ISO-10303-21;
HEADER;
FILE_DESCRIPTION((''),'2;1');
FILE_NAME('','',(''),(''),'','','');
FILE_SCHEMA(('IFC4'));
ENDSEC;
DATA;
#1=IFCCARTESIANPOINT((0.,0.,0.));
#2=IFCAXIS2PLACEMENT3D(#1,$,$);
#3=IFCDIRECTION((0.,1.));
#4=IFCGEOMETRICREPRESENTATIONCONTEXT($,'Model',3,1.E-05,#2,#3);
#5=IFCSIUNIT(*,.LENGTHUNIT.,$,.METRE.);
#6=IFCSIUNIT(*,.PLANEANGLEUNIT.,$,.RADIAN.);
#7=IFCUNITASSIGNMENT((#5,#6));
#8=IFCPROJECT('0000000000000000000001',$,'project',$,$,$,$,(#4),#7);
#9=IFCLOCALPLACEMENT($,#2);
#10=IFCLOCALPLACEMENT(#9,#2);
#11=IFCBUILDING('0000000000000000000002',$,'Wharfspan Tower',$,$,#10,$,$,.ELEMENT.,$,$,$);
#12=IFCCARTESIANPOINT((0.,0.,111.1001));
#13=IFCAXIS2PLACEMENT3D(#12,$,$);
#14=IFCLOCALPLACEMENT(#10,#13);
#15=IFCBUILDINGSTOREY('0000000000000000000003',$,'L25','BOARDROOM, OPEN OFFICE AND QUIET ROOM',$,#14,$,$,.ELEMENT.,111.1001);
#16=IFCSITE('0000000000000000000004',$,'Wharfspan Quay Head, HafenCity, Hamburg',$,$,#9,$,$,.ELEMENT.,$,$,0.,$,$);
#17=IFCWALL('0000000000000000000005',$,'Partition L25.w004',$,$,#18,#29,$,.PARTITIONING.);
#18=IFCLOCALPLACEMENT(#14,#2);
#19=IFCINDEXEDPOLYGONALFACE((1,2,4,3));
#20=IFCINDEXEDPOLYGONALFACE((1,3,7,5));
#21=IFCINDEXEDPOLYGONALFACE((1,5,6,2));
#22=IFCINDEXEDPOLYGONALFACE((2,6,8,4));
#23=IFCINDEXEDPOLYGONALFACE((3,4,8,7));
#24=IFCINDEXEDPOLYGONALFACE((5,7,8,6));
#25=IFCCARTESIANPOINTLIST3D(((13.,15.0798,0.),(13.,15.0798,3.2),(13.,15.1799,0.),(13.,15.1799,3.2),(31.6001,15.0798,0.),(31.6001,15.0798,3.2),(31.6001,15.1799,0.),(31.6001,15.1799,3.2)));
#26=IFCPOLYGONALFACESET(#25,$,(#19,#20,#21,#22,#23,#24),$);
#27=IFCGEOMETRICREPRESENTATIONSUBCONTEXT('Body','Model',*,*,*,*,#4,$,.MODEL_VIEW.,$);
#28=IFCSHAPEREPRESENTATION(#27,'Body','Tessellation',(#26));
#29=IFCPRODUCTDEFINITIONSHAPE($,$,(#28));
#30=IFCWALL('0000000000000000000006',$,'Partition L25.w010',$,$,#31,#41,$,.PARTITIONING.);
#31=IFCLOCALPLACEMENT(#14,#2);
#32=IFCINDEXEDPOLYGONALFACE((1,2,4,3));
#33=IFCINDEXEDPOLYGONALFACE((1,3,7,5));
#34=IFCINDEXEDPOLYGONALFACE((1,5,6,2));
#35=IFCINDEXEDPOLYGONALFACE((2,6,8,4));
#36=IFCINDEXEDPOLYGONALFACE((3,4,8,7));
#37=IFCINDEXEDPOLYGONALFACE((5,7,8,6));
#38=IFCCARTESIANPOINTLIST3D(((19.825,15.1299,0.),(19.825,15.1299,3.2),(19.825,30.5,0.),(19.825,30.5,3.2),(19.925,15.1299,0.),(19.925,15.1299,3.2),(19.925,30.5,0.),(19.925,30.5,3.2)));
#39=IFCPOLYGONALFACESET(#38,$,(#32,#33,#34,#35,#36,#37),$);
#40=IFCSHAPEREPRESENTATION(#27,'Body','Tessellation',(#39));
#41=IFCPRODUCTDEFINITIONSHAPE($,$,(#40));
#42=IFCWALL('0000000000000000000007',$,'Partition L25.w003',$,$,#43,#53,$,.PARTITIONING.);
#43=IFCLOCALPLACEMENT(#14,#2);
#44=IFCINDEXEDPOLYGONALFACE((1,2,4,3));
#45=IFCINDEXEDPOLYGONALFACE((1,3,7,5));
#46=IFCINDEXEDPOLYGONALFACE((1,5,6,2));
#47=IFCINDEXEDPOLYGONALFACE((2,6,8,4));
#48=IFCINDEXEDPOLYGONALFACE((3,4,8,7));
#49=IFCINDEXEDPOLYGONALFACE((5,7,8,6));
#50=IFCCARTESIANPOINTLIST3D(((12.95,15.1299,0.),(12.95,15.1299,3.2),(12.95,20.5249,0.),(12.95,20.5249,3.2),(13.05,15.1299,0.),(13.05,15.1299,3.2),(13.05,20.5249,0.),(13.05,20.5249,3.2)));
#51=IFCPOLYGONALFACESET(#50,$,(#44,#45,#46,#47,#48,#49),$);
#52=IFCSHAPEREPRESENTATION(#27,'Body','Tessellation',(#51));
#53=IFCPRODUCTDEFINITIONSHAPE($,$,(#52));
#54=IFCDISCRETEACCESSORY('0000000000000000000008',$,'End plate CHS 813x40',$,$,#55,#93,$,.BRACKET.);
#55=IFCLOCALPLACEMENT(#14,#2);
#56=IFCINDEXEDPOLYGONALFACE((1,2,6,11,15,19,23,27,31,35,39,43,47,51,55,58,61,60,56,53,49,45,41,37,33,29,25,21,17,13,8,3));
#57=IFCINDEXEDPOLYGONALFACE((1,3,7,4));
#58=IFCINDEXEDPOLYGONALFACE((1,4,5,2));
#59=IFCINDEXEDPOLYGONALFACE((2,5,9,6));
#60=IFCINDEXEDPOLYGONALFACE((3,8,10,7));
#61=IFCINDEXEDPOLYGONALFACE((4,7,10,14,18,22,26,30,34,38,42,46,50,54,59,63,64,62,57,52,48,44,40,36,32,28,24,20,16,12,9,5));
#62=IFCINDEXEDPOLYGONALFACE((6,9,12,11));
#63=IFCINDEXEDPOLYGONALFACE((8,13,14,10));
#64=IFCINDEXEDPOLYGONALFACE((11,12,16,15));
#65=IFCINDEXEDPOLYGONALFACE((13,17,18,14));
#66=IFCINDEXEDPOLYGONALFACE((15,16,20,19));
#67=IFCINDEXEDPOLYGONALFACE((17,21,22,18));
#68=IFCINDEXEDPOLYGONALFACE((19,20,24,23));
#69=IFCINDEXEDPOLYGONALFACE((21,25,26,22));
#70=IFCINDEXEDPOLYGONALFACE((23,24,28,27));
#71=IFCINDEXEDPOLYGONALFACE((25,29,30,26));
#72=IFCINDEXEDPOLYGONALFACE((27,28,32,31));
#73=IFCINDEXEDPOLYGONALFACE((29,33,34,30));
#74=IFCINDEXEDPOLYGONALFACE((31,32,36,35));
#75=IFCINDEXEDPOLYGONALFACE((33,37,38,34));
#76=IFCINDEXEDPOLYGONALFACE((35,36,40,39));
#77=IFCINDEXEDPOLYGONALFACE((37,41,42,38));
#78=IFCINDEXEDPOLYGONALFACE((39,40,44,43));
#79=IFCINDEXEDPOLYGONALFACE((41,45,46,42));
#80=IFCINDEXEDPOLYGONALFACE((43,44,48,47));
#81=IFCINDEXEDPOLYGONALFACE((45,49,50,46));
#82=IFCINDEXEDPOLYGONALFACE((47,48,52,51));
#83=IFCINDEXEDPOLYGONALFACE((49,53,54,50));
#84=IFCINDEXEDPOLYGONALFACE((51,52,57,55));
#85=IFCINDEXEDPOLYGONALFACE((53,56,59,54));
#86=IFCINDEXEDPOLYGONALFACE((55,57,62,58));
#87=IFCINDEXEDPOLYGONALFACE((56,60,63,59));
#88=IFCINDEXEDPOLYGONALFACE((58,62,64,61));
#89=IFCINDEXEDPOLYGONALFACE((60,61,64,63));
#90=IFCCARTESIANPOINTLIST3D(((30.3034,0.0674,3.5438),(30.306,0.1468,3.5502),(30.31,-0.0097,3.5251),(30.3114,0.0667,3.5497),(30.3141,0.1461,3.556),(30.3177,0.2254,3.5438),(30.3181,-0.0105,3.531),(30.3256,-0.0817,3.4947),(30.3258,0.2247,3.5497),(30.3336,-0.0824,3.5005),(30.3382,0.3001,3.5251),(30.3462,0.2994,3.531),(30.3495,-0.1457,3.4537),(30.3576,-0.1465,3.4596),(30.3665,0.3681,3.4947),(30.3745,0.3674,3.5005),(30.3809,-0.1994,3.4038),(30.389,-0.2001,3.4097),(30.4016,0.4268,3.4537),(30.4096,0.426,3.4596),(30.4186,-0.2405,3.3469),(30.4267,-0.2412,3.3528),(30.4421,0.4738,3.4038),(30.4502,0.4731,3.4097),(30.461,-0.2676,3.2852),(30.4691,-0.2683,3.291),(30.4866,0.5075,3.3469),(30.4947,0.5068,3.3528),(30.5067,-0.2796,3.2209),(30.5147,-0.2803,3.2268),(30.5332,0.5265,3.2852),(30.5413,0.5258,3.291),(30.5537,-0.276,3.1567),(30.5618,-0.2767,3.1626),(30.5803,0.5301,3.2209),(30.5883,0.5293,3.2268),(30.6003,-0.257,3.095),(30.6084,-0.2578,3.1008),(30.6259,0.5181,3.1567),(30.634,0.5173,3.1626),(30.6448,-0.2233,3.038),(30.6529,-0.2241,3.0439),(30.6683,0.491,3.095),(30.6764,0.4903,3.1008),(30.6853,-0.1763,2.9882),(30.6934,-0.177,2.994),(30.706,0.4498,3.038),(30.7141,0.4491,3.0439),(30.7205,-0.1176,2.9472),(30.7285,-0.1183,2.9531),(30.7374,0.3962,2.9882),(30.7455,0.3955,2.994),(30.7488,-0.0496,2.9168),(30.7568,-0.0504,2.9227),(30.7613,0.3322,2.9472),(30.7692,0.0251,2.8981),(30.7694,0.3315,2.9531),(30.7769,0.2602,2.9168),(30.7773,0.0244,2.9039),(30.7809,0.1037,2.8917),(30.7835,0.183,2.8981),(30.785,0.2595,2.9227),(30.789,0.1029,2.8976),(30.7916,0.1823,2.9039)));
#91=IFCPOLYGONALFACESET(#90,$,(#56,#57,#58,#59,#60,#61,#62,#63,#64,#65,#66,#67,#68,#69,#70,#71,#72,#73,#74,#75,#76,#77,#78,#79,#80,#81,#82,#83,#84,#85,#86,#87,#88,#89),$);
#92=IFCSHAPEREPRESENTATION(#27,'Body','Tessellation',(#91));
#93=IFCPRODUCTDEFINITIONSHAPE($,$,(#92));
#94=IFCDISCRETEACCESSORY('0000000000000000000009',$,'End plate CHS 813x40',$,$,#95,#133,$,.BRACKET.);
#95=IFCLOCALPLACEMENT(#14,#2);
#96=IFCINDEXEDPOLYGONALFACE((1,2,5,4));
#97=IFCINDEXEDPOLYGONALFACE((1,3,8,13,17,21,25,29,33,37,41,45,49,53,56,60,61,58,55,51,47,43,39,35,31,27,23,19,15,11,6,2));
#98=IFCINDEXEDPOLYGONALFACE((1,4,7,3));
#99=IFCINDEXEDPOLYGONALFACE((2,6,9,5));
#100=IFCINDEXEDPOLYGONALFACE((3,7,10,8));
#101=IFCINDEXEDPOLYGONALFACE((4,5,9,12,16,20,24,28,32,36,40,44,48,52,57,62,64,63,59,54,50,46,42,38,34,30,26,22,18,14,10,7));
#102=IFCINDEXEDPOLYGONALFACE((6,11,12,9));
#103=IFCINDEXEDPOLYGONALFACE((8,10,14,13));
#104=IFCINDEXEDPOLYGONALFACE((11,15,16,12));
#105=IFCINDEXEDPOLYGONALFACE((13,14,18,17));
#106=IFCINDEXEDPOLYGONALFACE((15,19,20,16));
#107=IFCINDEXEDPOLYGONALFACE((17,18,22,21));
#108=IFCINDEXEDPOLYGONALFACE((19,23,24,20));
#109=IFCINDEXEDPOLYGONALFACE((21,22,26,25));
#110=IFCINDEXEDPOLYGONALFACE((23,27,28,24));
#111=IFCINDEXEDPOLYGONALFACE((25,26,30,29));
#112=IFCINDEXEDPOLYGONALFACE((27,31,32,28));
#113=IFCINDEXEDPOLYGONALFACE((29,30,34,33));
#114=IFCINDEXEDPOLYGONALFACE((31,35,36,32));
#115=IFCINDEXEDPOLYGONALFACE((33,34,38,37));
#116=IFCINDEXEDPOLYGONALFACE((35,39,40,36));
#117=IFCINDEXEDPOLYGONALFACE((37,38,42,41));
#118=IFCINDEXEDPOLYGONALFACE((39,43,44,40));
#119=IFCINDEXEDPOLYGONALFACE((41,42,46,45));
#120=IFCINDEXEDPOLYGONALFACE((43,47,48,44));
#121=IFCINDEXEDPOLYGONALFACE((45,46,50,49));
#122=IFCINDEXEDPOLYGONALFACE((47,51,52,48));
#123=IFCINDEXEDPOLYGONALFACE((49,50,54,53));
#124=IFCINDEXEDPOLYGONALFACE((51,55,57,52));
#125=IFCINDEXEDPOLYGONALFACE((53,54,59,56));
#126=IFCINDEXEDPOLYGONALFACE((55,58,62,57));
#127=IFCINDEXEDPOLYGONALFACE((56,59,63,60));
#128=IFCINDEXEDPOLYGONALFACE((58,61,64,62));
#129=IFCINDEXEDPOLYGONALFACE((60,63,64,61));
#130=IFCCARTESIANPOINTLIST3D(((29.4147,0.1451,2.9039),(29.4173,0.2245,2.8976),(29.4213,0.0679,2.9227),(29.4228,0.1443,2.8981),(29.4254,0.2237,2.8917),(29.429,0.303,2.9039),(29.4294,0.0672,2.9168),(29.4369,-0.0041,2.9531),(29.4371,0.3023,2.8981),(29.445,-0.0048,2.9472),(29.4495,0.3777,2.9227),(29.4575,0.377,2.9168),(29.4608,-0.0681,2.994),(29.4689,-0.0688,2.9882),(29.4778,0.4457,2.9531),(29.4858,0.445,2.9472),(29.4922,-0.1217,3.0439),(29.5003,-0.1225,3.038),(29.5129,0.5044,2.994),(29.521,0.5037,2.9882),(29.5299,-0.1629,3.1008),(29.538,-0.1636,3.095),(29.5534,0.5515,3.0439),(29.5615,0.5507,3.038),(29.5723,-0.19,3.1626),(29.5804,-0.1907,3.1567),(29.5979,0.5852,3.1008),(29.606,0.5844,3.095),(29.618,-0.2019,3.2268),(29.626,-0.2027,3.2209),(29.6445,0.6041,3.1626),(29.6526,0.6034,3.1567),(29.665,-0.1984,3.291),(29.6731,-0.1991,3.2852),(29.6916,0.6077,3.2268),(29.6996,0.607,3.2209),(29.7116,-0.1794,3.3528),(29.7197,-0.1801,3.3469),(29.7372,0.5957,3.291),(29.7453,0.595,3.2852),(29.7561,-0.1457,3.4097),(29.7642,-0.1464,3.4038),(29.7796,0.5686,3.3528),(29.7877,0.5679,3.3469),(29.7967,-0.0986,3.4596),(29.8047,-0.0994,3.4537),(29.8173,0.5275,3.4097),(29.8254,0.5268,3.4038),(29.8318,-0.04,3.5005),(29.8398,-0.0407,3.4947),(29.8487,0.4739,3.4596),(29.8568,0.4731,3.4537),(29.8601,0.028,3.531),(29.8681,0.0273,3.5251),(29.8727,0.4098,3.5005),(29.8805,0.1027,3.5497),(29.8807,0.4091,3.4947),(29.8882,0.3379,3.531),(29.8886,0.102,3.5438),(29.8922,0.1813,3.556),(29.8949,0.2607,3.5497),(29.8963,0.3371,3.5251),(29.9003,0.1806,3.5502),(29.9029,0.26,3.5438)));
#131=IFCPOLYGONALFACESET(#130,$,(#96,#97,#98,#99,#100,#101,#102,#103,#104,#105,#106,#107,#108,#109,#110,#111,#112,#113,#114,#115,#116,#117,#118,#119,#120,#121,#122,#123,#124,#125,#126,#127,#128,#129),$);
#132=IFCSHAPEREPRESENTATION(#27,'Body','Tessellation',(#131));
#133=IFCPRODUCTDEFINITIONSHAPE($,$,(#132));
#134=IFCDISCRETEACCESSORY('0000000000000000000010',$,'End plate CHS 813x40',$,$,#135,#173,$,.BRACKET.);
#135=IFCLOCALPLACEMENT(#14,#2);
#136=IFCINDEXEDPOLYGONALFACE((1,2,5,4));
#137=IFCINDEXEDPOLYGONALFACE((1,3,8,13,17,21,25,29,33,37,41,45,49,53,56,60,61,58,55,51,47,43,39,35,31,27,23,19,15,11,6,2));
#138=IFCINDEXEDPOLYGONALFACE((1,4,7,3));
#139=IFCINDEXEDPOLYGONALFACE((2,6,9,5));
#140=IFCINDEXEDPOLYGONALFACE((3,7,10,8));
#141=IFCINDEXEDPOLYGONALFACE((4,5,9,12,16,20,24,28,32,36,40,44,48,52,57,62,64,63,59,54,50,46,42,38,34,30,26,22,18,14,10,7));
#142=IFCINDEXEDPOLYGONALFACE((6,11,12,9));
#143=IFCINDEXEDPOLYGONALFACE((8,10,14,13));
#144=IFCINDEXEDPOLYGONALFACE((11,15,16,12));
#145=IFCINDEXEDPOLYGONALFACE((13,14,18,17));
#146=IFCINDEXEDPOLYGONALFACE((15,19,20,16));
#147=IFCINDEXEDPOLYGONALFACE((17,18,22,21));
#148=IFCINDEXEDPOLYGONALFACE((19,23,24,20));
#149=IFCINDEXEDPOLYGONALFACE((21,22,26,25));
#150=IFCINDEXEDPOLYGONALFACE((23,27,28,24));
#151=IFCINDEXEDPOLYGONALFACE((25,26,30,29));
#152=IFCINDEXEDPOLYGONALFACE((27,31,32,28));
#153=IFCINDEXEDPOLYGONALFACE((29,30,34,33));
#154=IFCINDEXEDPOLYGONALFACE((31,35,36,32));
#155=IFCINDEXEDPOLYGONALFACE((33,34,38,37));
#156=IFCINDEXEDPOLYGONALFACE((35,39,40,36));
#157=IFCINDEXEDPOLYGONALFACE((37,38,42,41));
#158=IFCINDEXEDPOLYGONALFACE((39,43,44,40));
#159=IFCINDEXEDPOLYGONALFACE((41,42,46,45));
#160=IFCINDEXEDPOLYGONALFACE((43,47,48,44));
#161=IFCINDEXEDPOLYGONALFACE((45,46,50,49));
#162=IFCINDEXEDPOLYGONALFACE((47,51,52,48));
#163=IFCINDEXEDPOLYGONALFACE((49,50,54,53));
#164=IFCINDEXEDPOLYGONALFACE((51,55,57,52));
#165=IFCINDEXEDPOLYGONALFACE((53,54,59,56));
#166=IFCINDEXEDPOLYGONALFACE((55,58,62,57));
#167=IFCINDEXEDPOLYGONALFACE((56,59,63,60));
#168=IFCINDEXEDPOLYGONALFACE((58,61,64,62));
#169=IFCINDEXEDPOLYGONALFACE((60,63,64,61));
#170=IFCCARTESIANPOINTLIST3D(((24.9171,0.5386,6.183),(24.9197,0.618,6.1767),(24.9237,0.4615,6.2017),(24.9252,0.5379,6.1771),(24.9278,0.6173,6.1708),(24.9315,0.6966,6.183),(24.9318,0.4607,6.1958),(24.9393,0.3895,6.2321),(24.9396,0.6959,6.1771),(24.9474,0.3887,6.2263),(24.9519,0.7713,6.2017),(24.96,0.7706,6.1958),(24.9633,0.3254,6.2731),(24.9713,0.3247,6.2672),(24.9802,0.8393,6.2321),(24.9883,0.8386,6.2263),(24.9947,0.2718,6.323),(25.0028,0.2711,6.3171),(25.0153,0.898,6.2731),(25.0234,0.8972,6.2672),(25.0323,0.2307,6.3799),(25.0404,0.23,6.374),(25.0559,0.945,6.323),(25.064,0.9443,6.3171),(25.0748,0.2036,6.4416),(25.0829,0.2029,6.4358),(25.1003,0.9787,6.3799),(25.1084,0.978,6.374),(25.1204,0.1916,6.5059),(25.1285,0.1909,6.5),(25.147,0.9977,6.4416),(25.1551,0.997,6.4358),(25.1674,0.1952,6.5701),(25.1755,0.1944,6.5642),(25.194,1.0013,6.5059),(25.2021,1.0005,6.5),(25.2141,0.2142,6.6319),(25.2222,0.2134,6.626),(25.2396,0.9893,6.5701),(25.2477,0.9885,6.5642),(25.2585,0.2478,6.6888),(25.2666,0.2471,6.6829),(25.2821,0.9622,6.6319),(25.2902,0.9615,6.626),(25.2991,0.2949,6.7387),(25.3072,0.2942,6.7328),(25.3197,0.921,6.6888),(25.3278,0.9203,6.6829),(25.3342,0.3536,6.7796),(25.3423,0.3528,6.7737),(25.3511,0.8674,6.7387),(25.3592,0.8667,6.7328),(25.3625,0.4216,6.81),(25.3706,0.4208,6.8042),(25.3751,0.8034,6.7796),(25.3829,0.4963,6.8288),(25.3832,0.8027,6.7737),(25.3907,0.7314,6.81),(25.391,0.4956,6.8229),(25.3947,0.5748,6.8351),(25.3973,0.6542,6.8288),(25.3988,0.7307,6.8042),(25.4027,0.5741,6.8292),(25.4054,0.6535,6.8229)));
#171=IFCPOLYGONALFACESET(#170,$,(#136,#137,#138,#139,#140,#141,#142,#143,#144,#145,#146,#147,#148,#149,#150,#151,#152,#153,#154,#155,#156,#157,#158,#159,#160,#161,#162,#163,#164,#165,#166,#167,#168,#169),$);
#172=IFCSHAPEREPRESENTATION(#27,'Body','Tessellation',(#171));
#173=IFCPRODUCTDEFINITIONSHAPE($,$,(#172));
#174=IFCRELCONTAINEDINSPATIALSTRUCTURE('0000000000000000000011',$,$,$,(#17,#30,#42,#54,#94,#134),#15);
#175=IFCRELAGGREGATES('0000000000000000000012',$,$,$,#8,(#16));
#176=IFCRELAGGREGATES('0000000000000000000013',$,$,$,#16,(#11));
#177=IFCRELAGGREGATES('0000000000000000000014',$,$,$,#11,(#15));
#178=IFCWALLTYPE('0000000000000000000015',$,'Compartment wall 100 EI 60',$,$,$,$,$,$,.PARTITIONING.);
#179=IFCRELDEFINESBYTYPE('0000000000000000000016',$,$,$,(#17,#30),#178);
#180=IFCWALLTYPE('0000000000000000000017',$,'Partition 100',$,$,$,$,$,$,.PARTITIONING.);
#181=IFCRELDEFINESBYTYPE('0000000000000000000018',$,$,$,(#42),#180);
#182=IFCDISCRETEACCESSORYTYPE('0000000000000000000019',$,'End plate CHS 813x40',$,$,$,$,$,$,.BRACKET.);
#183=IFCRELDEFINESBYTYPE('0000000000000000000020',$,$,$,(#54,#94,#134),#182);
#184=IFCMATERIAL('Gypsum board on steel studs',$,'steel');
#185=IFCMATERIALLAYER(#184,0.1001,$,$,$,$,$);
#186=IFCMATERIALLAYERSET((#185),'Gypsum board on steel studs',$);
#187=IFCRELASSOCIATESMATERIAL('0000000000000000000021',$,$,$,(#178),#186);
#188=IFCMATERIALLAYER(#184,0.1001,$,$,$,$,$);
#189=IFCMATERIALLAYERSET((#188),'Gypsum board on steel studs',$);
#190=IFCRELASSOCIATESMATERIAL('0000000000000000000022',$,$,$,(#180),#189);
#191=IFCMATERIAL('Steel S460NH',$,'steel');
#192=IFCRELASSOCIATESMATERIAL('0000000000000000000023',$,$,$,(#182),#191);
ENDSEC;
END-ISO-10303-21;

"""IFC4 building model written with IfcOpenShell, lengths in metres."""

from ifc_helpers import new_model, si_unit, direction, frame, frame_2d, origin, origin_2d, place, context, subcontext, project, spatial, rectangle, circle, extrude, material, layer, layer_set, material_profile, profile_set, type_object, element, save


model = new_model("IFC4")

# Units and contexts
model_context = context("Model", 3, precision=1e-05, world=origin(), true_north=direction((0.0, 1.0)))
body_context = subcontext(model_context, "Body", "Model", "MODEL_VIEW")
ifc_project = project(units=[si_unit("LENGTHUNIT", "METRE"), si_unit("PLANEANGLEUNIT", "RADIAN")], contexts=[model_context])

# Site, building, storey
site_placement = place(None, origin())
site = spatial("IfcSite", under=ifc_project, at=site_placement, Name="Wharfspan Quay Head, HafenCity, Hamburg", CompositionType="ELEMENT", RefElevation=0.0)
building_placement = place(site_placement, origin())
building = spatial("IfcBuilding", under=site, at=building_placement, Name="Wharfspan Tower", CompositionType="ELEMENT")
storey_placement = place(building_placement, frame((0.0, 0.0, 111.1001)))
storey = spatial("IfcBuildingStorey", under=building, at=storey_placement, Name="L25", Description="BOARDROOM, OPEN OFFICE AND QUIET ROOM", CompositionType="ELEMENT", Elevation=111.1001)

# Shared definitions
ifc_material_1 = material(Name="Steel S460NH", Category="steel")

# Walls
ifc_material_2 = material(Name="Gypsum board on steel studs", Category="steel")
ifc_layer_1 = layer(ifc_material_2, 0.1001)
ifc_layer_set_1 = layer_set([ifc_layer_1], Name="Gypsum board on steel studs")
wall_type_1 = type_object("IfcWallType", Name="Compartment wall 100 EI 60", PredefinedType="PARTITIONING", material=ifc_layer_set_1)
wall_1_placement = place(storey_placement, frame((13.0, 15.1299, 0.0), z_axis=(0.0, 0.0, 1.0), x_axis=(1.0, 0.0, 0.0)))
element("IfcWall", 1, at=wall_1_placement, inside=storey, type_object=wall_type_1, Name="Partition L25.w004", PredefinedType="PARTITIONING", context=body_context, shape_type="SweptSolid", body=[
    extrude(rectangle(XDim=18.6001, YDim=0.1001, at=frame_2d((9.3, 0.0))), origin(), (0.0, 0.0, 1.0), 3.2),
])
wall_2_placement = place(storey_placement, frame((19.875, 15.1299, 0.0), z_axis=(0.0, 0.0, 1.0), x_axis=(0.0, 1.0, 0.0)))
element("IfcWall", 2, at=wall_2_placement, inside=storey, type_object=wall_type_1, Name="Partition L25.w010", PredefinedType="PARTITIONING", context=body_context, shape_type="SweptSolid", body=[
    extrude(rectangle(XDim=15.3701, YDim=0.1001, at=frame_2d((7.6851, 0.0))), origin(), (0.0, 0.0, 1.0), 3.2),
])
ifc_layer_2 = layer(ifc_material_2, 0.1001)
ifc_layer_set_2 = layer_set([ifc_layer_2], Name="Gypsum board on steel studs")
wall_type_2 = type_object("IfcWallType", Name="Partition 100", PredefinedType="PARTITIONING", material=ifc_layer_set_2)
wall_3_placement = place(storey_placement, frame((13.0, 15.1299, 0.0), z_axis=(0.0, 0.0, 1.0), x_axis=(0.0, 1.0, 0.0)))
element("IfcWall", 3, at=wall_3_placement, inside=storey, type_object=wall_type_2, Name="Partition L25.w003", PredefinedType="PARTITIONING", context=body_context, shape_type="SweptSolid", body=[
    extrude(rectangle(XDim=5.395, YDim=0.1001, at=frame_2d((2.6975, 0.0))), origin(), (0.0, 0.0, 1.0), 3.2),
])

# Discrete accessories
ifc_material_profile_1 = material_profile(ifc_material_1, circle(Radius=0.4065, at=origin_2d()))
ifc_profile_set_1 = profile_set([ifc_material_profile_1], Name="Steel S460NH")
discrete_accessory_type = type_object("IfcDiscreteAccessoryType", Name="End plate CHS 813x40", PredefinedType="BRACKET", material=ifc_profile_set_1)
for number, where, z_axis, x_axis, name in (
    (4, (30.5435, 0.1252, 3.2209), (0.806559, -0.073324, 0.586588), (0.090536, 0.99589, 0.0), "End plate CHS 813x40"),
    (5, (29.6628, 0.2021, 3.2209), (-0.806559, 0.073324, 0.586588), (-0.090536, -0.99589, 0.0), "End plate CHS 813x40"),
    (6, (25.1653, 0.5957, 6.5), (-0.806559, 0.073324, 0.586588), (-0.090536, -0.99589, 0.0), "End plate CHS 813x40"),
):
    element("IfcDiscreteAccessory", number, at=place(storey_placement, frame(where, z_axis=z_axis, x_axis=x_axis)), inside=storey, type_object=discrete_accessory_type, Name=name, PredefinedType="BRACKET", context=body_context, shape_type="SweptSolid", body=[
        extrude(circle(Radius=0.4065, at=origin_2d()), origin(), (0.0, 0.0, 1.0), 0.01),
    ])

save(model, "model.ifc")
